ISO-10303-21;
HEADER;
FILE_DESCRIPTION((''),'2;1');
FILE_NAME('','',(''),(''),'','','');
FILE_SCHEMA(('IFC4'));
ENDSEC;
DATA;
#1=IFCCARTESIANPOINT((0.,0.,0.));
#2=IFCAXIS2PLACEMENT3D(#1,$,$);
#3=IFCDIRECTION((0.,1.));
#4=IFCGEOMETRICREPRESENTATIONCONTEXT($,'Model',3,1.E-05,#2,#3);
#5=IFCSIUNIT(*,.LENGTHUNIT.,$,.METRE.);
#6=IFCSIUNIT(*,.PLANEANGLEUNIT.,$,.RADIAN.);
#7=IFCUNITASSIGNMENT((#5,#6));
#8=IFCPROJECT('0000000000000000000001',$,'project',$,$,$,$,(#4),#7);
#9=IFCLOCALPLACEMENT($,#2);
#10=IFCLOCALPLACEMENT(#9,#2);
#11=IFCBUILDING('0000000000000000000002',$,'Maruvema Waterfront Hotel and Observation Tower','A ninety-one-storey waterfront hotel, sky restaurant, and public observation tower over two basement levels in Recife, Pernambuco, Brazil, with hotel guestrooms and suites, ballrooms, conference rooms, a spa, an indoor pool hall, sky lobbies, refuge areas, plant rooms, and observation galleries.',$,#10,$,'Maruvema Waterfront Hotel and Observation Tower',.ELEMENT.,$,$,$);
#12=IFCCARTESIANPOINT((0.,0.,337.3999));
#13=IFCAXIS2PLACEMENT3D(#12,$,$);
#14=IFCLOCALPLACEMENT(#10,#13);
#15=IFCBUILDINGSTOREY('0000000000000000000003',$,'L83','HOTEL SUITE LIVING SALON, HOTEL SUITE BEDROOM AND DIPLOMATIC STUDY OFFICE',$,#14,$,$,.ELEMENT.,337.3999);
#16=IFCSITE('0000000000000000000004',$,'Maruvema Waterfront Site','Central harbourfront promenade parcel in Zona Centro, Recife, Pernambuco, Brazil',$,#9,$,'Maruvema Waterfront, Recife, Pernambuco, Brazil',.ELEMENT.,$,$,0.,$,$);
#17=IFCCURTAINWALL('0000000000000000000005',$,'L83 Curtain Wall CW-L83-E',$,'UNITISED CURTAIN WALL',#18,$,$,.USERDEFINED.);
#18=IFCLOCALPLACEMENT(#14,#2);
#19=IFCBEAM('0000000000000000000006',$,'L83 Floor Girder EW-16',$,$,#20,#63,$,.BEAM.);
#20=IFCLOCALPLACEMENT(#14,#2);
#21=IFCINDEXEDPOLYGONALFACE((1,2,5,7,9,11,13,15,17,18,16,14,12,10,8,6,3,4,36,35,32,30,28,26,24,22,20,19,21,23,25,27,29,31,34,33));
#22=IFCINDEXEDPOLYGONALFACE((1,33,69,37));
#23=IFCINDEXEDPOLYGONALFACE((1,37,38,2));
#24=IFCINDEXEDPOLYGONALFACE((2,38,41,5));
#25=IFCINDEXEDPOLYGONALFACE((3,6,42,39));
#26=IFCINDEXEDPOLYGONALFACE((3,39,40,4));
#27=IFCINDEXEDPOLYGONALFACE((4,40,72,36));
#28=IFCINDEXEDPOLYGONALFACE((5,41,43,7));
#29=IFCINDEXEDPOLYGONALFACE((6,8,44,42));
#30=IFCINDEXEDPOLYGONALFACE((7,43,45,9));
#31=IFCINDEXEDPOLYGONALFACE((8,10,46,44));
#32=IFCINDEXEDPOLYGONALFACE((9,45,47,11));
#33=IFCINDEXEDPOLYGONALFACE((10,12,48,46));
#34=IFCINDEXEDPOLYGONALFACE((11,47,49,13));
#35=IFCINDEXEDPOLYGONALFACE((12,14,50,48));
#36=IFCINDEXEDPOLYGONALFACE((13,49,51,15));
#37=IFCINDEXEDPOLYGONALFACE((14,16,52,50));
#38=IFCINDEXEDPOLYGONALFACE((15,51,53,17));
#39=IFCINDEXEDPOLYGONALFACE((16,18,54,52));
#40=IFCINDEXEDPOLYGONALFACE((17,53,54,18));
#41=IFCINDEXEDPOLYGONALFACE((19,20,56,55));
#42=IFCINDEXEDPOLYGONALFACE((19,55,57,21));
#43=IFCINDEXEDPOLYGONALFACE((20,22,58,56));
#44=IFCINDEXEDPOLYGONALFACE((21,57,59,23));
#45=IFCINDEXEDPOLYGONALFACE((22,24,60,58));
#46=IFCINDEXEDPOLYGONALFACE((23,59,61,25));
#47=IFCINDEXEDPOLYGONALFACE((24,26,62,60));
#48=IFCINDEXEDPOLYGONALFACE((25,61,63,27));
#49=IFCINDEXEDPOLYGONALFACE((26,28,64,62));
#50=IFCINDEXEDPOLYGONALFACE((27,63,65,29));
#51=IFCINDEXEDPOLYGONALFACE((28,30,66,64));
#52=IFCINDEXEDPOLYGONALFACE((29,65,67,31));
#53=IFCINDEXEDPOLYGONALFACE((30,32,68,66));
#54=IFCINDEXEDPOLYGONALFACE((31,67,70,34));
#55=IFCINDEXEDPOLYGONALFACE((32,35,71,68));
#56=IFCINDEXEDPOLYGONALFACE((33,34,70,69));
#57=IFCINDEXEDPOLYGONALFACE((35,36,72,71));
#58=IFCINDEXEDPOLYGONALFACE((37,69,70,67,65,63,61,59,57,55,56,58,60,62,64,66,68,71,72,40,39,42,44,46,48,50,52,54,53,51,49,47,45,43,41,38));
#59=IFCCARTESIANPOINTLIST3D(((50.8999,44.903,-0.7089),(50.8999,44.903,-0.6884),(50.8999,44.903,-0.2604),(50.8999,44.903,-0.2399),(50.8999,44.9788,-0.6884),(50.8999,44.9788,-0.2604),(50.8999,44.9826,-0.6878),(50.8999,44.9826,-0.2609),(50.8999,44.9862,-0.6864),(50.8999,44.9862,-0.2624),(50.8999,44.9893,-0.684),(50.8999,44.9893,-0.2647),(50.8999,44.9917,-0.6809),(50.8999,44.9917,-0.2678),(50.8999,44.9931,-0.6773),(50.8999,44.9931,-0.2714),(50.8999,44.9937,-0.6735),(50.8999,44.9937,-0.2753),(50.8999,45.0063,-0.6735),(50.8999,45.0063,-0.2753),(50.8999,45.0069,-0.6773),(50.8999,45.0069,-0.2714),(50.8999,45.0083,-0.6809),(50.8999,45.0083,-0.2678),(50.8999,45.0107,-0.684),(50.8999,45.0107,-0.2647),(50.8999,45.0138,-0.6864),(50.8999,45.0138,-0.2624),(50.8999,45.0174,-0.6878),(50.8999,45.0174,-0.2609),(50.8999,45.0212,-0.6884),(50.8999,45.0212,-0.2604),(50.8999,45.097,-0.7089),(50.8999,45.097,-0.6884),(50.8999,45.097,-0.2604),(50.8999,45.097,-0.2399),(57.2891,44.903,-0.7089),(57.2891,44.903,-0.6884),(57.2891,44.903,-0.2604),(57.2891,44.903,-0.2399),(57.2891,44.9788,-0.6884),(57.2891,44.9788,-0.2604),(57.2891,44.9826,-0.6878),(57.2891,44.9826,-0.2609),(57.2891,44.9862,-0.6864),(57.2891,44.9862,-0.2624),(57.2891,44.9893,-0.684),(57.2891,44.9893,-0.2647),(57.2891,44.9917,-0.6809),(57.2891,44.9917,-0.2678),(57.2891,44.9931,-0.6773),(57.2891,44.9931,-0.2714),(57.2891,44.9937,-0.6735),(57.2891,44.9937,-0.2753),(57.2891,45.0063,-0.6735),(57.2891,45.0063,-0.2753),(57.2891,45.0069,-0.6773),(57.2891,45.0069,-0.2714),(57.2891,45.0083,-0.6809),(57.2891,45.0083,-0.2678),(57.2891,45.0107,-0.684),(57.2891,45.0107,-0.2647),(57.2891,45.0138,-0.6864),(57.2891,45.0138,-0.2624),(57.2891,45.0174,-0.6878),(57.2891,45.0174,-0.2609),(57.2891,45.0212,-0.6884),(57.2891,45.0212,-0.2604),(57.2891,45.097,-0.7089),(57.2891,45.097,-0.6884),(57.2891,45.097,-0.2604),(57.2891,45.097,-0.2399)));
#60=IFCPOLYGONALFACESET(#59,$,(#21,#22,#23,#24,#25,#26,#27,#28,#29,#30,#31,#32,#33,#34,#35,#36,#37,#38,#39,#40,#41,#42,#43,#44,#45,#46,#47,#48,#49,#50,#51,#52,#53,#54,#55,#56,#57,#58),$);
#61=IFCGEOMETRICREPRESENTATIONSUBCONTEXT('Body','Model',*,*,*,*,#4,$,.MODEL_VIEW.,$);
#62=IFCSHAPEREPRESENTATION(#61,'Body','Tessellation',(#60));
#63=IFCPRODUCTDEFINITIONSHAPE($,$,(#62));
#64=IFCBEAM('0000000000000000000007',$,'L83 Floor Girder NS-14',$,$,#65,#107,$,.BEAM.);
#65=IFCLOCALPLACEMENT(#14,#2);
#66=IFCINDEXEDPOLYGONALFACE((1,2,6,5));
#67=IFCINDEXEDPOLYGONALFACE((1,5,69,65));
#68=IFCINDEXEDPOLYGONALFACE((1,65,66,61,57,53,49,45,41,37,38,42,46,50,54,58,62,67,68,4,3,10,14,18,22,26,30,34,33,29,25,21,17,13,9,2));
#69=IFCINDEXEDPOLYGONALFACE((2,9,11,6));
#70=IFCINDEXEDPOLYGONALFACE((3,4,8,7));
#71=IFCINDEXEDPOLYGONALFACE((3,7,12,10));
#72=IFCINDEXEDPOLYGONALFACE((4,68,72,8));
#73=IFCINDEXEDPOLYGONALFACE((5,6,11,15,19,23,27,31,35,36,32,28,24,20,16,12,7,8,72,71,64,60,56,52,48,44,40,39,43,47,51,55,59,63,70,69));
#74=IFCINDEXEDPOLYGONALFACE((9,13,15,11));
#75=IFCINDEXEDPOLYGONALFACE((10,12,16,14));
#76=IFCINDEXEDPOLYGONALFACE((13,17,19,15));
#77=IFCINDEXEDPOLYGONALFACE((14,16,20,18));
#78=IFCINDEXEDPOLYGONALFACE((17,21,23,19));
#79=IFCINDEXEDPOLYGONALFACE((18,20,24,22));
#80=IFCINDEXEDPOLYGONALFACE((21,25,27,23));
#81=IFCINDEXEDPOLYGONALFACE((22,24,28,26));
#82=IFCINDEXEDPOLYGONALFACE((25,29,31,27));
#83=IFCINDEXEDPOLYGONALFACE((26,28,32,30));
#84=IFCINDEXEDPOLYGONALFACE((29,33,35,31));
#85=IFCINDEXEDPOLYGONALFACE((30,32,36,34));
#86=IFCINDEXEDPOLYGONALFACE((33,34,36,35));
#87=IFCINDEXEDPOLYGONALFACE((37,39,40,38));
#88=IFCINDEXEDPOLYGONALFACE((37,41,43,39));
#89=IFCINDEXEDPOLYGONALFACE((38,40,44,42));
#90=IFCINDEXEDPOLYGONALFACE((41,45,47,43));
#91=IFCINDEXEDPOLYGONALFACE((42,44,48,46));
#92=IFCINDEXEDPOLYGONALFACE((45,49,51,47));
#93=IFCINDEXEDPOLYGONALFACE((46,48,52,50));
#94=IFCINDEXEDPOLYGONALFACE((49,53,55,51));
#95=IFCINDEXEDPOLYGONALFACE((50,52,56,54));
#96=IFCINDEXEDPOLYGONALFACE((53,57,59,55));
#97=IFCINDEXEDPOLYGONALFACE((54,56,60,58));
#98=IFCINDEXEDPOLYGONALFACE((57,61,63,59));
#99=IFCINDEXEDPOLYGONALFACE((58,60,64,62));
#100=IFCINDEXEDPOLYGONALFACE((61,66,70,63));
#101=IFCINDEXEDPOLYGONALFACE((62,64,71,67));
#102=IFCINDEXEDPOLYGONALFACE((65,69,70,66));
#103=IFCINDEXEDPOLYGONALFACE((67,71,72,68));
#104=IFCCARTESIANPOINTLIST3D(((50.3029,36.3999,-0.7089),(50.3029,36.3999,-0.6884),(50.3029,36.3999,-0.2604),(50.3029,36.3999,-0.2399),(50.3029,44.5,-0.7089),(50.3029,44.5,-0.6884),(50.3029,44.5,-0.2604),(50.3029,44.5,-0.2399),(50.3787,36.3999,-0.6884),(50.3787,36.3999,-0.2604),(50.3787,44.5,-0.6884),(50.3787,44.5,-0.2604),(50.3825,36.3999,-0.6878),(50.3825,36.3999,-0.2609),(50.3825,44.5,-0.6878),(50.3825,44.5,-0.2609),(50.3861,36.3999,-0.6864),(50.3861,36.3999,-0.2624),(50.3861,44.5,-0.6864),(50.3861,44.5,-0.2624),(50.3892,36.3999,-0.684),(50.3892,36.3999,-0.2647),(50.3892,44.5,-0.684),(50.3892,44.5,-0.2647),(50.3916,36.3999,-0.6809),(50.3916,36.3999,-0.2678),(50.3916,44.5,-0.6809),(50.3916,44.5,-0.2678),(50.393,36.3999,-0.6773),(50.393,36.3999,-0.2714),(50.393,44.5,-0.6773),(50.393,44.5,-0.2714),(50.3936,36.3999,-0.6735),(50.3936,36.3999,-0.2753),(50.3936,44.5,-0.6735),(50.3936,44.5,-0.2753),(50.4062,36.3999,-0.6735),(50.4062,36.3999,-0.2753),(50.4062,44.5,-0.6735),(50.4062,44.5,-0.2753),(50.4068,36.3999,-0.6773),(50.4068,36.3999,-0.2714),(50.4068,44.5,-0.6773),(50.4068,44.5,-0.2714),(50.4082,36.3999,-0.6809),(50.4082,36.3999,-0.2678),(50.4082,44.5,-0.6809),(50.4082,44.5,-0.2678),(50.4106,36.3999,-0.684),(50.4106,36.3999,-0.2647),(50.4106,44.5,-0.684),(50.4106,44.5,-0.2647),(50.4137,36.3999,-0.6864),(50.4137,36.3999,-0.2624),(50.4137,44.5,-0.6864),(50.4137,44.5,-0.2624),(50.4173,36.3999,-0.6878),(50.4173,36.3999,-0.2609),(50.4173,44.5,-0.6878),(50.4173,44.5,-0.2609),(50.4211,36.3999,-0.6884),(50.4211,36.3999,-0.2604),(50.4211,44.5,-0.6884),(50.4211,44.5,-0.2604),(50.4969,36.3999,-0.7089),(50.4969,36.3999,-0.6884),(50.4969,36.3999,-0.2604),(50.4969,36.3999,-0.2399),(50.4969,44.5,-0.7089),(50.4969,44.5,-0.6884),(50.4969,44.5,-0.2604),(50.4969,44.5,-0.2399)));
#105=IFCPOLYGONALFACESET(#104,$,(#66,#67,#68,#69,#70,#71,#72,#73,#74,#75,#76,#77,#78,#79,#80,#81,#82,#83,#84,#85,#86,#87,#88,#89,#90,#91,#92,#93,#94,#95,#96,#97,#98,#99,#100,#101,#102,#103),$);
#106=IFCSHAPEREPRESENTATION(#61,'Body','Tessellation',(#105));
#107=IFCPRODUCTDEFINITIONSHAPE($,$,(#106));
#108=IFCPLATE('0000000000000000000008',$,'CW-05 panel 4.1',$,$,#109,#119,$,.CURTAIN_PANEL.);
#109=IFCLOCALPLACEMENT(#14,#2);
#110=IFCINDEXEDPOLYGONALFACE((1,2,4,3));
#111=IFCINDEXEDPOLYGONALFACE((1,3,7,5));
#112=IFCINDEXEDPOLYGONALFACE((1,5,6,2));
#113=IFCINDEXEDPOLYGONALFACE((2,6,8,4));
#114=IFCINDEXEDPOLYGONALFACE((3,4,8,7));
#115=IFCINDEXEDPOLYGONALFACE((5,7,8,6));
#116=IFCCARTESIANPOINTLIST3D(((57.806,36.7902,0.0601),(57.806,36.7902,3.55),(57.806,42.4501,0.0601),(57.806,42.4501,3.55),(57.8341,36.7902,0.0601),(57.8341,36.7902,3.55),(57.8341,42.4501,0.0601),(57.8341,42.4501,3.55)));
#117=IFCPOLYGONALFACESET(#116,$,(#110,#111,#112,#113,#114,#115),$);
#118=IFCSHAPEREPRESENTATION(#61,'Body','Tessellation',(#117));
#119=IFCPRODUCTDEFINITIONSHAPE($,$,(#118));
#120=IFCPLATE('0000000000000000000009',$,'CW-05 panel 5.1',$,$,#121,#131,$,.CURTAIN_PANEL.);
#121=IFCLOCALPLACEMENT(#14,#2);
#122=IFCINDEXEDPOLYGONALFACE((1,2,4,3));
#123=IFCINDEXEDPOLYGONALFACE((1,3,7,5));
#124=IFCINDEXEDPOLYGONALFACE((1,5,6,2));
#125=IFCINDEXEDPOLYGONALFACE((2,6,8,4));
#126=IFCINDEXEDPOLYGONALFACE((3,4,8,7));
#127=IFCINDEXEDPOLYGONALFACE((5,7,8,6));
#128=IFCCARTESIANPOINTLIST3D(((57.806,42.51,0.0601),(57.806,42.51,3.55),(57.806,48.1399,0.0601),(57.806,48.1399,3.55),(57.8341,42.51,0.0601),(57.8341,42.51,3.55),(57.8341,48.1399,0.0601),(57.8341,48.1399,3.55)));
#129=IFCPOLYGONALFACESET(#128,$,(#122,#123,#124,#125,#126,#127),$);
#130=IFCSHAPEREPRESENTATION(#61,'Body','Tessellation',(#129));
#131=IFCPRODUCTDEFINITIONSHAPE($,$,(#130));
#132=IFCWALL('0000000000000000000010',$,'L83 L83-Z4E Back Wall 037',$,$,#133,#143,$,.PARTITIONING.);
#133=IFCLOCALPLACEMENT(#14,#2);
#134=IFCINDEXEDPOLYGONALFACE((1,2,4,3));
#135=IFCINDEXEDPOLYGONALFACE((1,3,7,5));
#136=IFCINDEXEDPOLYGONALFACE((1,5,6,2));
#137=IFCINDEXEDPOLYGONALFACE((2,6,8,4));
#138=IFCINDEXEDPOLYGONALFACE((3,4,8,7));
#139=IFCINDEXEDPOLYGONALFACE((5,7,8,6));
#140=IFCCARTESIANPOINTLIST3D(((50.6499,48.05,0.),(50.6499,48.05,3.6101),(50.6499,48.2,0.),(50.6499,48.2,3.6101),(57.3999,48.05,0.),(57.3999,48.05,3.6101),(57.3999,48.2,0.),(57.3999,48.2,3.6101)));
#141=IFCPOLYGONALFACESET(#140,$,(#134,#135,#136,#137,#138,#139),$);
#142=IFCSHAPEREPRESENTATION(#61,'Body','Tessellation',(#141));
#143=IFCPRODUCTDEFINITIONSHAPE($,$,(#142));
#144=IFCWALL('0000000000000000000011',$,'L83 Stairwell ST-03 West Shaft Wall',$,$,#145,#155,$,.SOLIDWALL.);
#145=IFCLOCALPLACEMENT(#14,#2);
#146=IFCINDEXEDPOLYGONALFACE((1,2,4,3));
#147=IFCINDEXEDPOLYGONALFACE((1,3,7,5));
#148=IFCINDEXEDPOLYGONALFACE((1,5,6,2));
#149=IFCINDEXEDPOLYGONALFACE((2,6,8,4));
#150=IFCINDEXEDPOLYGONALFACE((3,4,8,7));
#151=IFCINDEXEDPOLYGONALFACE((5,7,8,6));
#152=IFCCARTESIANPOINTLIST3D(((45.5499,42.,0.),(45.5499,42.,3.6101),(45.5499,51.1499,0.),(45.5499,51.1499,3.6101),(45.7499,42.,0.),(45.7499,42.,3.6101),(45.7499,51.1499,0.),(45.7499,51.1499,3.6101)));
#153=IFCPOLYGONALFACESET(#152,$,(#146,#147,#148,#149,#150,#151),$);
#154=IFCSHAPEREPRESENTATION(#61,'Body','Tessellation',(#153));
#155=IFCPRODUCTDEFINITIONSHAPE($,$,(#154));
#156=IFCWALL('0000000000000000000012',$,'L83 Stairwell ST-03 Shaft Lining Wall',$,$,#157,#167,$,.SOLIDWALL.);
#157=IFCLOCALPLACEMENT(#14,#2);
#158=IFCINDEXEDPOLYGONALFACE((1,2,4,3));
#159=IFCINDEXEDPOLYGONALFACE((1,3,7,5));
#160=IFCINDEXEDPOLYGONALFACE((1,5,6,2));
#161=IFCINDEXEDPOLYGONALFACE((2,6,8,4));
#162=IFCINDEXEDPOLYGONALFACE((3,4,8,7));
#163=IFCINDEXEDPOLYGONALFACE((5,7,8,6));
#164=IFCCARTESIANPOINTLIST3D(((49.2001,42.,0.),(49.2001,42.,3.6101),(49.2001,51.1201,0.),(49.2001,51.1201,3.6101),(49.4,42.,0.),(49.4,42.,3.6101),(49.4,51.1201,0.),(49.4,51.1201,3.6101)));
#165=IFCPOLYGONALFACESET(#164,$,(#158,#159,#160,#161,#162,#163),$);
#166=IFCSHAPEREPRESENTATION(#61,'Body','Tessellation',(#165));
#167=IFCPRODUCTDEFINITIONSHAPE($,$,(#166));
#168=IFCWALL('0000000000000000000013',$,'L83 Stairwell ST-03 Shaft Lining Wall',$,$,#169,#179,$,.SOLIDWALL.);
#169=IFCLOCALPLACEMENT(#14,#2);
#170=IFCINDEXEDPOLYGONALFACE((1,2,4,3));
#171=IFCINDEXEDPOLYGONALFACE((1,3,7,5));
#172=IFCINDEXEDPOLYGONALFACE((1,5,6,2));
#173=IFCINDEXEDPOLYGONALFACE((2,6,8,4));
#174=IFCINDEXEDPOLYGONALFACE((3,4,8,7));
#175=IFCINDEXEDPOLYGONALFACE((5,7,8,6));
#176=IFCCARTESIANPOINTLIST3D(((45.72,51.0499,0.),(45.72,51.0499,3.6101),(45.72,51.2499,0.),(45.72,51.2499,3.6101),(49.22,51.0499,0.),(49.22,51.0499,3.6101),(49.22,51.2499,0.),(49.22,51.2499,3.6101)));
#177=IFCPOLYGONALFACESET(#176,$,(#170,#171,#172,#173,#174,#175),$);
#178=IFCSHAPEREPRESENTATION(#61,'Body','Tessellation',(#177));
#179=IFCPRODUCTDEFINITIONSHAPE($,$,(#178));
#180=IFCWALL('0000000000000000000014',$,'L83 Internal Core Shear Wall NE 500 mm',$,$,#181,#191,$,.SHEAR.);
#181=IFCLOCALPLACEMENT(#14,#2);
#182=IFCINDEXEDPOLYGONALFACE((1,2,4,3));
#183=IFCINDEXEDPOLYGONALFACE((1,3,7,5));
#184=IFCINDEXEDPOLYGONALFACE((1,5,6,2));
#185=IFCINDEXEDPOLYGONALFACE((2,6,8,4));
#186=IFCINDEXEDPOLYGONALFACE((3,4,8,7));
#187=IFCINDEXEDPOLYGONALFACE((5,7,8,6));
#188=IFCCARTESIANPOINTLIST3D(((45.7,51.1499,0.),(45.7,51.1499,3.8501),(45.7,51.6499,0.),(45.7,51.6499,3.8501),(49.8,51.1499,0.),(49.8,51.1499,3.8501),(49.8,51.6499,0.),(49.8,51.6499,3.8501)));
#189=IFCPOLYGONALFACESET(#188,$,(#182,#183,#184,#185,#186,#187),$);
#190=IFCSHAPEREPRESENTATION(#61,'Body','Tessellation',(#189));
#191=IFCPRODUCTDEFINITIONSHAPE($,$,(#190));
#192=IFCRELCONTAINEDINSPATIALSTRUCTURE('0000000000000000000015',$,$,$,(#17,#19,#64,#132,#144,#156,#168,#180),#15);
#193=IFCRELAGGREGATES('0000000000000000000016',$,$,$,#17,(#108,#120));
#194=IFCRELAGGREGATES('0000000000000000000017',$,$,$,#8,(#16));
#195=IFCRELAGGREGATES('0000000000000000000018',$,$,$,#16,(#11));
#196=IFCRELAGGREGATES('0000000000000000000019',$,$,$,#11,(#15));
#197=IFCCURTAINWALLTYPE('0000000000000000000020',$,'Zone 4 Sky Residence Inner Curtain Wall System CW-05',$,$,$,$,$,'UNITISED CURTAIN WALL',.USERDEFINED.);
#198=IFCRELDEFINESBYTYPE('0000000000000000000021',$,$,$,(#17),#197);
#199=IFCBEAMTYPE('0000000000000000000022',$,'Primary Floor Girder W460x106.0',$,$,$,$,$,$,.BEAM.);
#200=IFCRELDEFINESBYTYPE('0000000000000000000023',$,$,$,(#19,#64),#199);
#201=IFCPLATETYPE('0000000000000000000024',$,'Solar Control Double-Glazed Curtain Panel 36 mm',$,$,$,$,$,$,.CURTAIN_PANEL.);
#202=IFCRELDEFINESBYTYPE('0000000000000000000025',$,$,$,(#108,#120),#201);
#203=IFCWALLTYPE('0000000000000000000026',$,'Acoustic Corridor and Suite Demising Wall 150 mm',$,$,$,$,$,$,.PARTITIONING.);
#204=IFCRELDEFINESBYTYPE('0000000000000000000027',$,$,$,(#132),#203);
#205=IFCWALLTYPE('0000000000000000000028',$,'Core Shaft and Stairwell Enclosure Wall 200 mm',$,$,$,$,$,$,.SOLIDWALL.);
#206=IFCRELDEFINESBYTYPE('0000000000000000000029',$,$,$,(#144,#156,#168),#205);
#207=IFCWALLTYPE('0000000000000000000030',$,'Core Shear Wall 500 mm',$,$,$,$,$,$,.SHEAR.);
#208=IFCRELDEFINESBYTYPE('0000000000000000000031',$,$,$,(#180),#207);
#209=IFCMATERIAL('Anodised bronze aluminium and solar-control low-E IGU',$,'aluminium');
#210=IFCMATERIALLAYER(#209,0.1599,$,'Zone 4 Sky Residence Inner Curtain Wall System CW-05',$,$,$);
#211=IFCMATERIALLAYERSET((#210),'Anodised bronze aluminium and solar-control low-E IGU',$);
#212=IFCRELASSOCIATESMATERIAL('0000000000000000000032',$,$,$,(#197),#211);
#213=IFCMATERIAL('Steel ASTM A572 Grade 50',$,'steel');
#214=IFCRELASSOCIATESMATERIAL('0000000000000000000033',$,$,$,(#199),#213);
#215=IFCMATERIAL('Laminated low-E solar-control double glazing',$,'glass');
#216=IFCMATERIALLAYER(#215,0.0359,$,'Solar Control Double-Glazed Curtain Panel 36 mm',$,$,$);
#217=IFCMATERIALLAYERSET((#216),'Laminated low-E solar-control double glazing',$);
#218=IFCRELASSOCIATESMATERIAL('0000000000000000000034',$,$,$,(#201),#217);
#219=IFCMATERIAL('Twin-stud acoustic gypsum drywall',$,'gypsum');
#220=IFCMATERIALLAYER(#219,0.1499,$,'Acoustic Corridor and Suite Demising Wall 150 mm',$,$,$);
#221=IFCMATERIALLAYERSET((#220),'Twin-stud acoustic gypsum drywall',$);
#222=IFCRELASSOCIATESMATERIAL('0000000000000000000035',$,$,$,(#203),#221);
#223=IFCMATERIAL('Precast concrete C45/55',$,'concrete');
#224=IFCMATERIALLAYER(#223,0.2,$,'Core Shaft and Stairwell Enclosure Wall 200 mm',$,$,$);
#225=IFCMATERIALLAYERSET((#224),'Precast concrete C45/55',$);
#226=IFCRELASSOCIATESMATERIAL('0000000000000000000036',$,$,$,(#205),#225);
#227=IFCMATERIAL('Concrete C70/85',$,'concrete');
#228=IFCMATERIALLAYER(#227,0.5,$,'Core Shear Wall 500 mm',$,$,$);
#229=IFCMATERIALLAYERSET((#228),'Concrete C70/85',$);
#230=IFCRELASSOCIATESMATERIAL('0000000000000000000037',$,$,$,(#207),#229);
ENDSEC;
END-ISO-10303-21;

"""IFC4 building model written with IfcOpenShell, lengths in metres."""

from ifc_helpers import new_model, si_unit, direction, frame, frame_2d, origin, origin_2d, place, context, subcontext, project, spatial, rectangle, i_section, extrude, material, layer, layer_set, material_profile, profile_set, type_object, element, aggregate, save


model = new_model("IFC4")

# Units and contexts
model_context = context("Model", 3, precision=1e-05, world=origin(), true_north=direction((0.0, 1.0)))
body_context = subcontext(model_context, "Body", "Model", "MODEL_VIEW")
ifc_project = project(units=[si_unit("LENGTHUNIT", "METRE"), si_unit("PLANEANGLEUNIT", "RADIAN")], contexts=[model_context])

# Site, building, storey
site_placement = place(None, origin())
site = spatial("IfcSite", under=ifc_project, at=site_placement, Name="Maruvema Waterfront Site", Description="Central harbourfront promenade parcel in Zona Centro, Recife, Pernambuco, Brazil", LongName="Maruvema Waterfront, Recife, Pernambuco, Brazil", CompositionType="ELEMENT", RefElevation=0.0)
building_placement = place(site_placement, origin())
building = spatial("IfcBuilding", under=site, at=building_placement, Name="Maruvema Waterfront Hotel and Observation Tower", Description="A ninety-one-storey waterfront hotel, sky restaurant, and public observation tower over two basement levels in Recife, Pernambuco, Brazil, with hotel guestrooms and suites, ballrooms, conference rooms, a spa, an indoor pool hall, sky lobbies, refuge areas, plant rooms, and observation galleries.", LongName="Maruvema Waterfront Hotel and Observation Tower", CompositionType="ELEMENT")
storey_placement = place(building_placement, frame((0.0, 0.0, 337.3999)))
storey = spatial("IfcBuildingStorey", under=building, at=storey_placement, Name="L83", Description="HOTEL SUITE LIVING SALON, HOTEL SUITE BEDROOM AND DIPLOMATIC STUDY OFFICE", CompositionType="ELEMENT", Elevation=337.3999)

# Curtain wall
ifc_material_1 = material(Name="Anodised bronze aluminium and solar-control low-E IGU", Category="aluminium")
ifc_layer_1 = layer(ifc_material_1, 0.1599, Name="Zone 4 Sky Residence Inner Curtain Wall System CW-05")
ifc_layer_set_1 = layer_set([ifc_layer_1], Name="Anodised bronze aluminium and solar-control low-E IGU")
curtain_wall_type = type_object("IfcCurtainWallType", Name="Zone 4 Sky Residence Inner Curtain Wall System CW-05", ElementType="UNITISED CURTAIN WALL", PredefinedType="USERDEFINED", material=ifc_layer_set_1)
curtain_wall_placement = place(storey_placement, origin())
curtain_wall = element("IfcCurtainWall", 1, at=curtain_wall_placement, inside=storey, type_object=curtain_wall_type, Name="L83 Curtain Wall CW-L83-E", ObjectType="UNITISED CURTAIN WALL", PredefinedType="USERDEFINED")

# Beams
ifc_material_2 = material(Name="Steel ASTM A572 Grade 50", Category="steel")
ifc_material_profile_1 = material_profile(ifc_material_2, i_section(OverallWidth=0.1941, OverallDepth=0.469, WebThickness=0.0127, FlangeThickness=0.0205, FilletRadius=0.0149, at=origin_2d()), Name="W460x106.0")
ifc_profile_set_1 = profile_set([ifc_material_profile_1], Name="Steel ASTM A572 Grade 50")
beam_type = type_object("IfcBeamType", Name="Primary Floor Girder W460x106.0", PredefinedType="BEAM", material=ifc_profile_set_1)
beam_1_placement = place(storey_placement, frame((50.8999, 45.0, -0.4744), z_axis=(1.0, 0.0, 0.0), x_axis=(0.0, 1.0, 0.0)))
element("IfcBeam", 2, at=beam_1_placement, inside=storey, type_object=beam_type, Name="L83 Floor Girder EW-16", PredefinedType="BEAM", context=body_context, shape_type="SweptSolid", body=[
    extrude(i_section(OverallWidth=0.1941, OverallDepth=0.469, WebThickness=0.0127, FlangeThickness=0.0205, FilletRadius=0.0149, at=origin_2d()), origin(), (0.0, 0.0, 1.0), 6.3892),
])
beam_2_placement = place(storey_placement, frame((50.3999, 36.3999, -0.4744), z_axis=(0.0, 1.0, 0.0), x_axis=(-1.0, 0.0, 0.0)))
element("IfcBeam", 3, at=beam_2_placement, inside=storey, type_object=beam_type, Name="L83 Floor Girder NS-14", PredefinedType="BEAM", context=body_context, shape_type="SweptSolid", body=[
    extrude(i_section(OverallWidth=0.1941, OverallDepth=0.469, WebThickness=0.0127, FlangeThickness=0.0205, FilletRadius=0.0149, at=origin_2d()), origin(), (0.0, 0.0, 1.0), 8.1001),
])

# Plates
ifc_material_3 = material(Name="Laminated low-E solar-control double glazing", Category="glass")
ifc_layer_2 = layer(ifc_material_3, 0.0359, Name="Solar Control Double-Glazed Curtain Panel 36 mm")
ifc_layer_set_2 = layer_set([ifc_layer_2], Name="Laminated low-E solar-control double glazing")
plate_type = type_object("IfcPlateType", Name="Solar Control Double-Glazed Curtain Panel 36 mm", PredefinedType="CURTAIN_PANEL", material=ifc_layer_set_2)
plate_1_placement = place(storey_placement, frame((57.8201, 39.6201, 0.0601), z_axis=(0.0, 0.0, 1.0), x_axis=(0.0, 1.0, 0.0)))
plate_1 = element("IfcPlate", 4, at=plate_1_placement, type_object=plate_type, Name="CW-05 panel 4.1", PredefinedType="CURTAIN_PANEL", context=body_context, shape_type="SweptSolid", body=[
    extrude(rectangle(XDim=5.6599, YDim=0.0281, at=origin_2d()), origin(), (0.0, 0.0, 1.0), 3.49),
])
plate_2_placement = place(storey_placement, frame((57.8201, 45.325, 0.0601), z_axis=(0.0, 0.0, 1.0), x_axis=(0.0, 1.0, 0.0)))
plate_2 = element("IfcPlate", 5, at=plate_2_placement, type_object=plate_type, Name="CW-05 panel 5.1", PredefinedType="CURTAIN_PANEL", context=body_context, shape_type="SweptSolid", body=[
    extrude(rectangle(XDim=5.6299, YDim=0.0281, at=origin_2d()), origin(), (0.0, 0.0, 1.0), 3.49),
])
aggregate(curtain_wall, [plate_1, plate_2])

# Walls
ifc_material_4 = material(Name="Twin-stud acoustic gypsum drywall", Category="gypsum")
ifc_layer_3 = layer(ifc_material_4, 0.1499, Name="Acoustic Corridor and Suite Demising Wall 150 mm")
ifc_layer_set_3 = layer_set([ifc_layer_3], Name="Twin-stud acoustic gypsum drywall")
wall_type_1 = type_object("IfcWallType", Name="Acoustic Corridor and Suite Demising Wall 150 mm", PredefinedType="PARTITIONING", material=ifc_layer_set_3)
wall_1_placement = place(storey_placement, frame((50.6499, 48.125, 0.0), z_axis=(0.0, 0.0, 1.0), x_axis=(1.0, 0.0, 0.0)))
element("IfcWall", 6, at=wall_1_placement, inside=storey, type_object=wall_type_1, Name="L83 L83-Z4E Back Wall 037", PredefinedType="PARTITIONING", context=body_context, shape_type="SweptSolid", body=[
    extrude(rectangle(XDim=6.75, YDim=0.1499, at=frame_2d((3.375, 0.0))), origin(), (0.0, 0.0, 1.0), 3.6101),
])
ifc_material_5 = material(Name="Precast concrete C45/55", Category="concrete")
ifc_layer_4 = layer(ifc_material_5, 0.2, Name="Core Shaft and Stairwell Enclosure Wall 200 mm")
ifc_layer_set_4 = layer_set([ifc_layer_4], Name="Precast concrete C45/55")
wall_type_2 = type_object("IfcWallType", Name="Core Shaft and Stairwell Enclosure Wall 200 mm", PredefinedType="SOLIDWALL", material=ifc_layer_set_4)
wall_2_placement = place(storey_placement, frame((45.6499, 42.0, 0.0), z_axis=(0.0, 0.0, 1.0), x_axis=(0.0, 1.0, 0.0)))
element("IfcWall", 7, at=wall_2_placement, inside=storey, type_object=wall_type_2, Name="L83 Stairwell ST-03 West Shaft Wall", PredefinedType="SOLIDWALL", context=body_context, shape_type="SweptSolid", body=[
    extrude(rectangle(XDim=9.1499, YDim=0.2, at=frame_2d((4.575, 0.0))), origin(), (0.0, 0.0, 1.0), 3.6101),
])
wall_3_placement = place(storey_placement, frame((49.3, 42.0, 0.0), z_axis=(0.0, 0.0, 1.0), x_axis=(0.0, 1.0, 0.0)))
element("IfcWall", 8, at=wall_3_placement, inside=storey, type_object=wall_type_2, Name="L83 Stairwell ST-03 Shaft Lining Wall", PredefinedType="SOLIDWALL", context=body_context, shape_type="SweptSolid", body=[
    extrude(rectangle(XDim=9.1201, YDim=0.2, at=frame_2d((4.5601, 0.0))), origin(), (0.0, 0.0, 1.0), 3.6101),
])
wall_4_placement = place(storey_placement, frame((45.72, 51.1499, 0.0), z_axis=(0.0, 0.0, 1.0), x_axis=(1.0, 0.0, 0.0)))
element("IfcWall", 9, at=wall_4_placement, inside=storey, type_object=wall_type_2, Name="L83 Stairwell ST-03 Shaft Lining Wall", PredefinedType="SOLIDWALL", context=body_context, shape_type="SweptSolid", body=[
    extrude(rectangle(XDim=3.5, YDim=0.2, at=frame_2d((1.75, 0.0))), origin(), (0.0, 0.0, 1.0), 3.6101),
])
ifc_material_6 = material(Name="Concrete C70/85", Category="concrete")
ifc_layer_5 = layer(ifc_material_6, 0.5, Name="Core Shear Wall 500 mm")
ifc_layer_set_5 = layer_set([ifc_layer_5], Name="Concrete C70/85")
wall_type_3 = type_object("IfcWallType", Name="Core Shear Wall 500 mm", PredefinedType="SHEAR", material=ifc_layer_set_5)
wall_5_placement = place(storey_placement, frame((45.7, 51.3999, 0.0), z_axis=(0.0, 0.0, 1.0), x_axis=(1.0, 0.0, 0.0)))
element("IfcWall", 10, at=wall_5_placement, inside=storey, type_object=wall_type_3, Name="L83 Internal Core Shear Wall NE 500 mm", PredefinedType="SHEAR", context=body_context, shape_type="SweptSolid", body=[
    extrude(rectangle(XDim=4.1001, YDim=0.5, at=frame_2d((2.05, 0.0))), origin(), (0.0, 0.0, 1.0), 3.8501),
])

save(model, "model.ifc")
